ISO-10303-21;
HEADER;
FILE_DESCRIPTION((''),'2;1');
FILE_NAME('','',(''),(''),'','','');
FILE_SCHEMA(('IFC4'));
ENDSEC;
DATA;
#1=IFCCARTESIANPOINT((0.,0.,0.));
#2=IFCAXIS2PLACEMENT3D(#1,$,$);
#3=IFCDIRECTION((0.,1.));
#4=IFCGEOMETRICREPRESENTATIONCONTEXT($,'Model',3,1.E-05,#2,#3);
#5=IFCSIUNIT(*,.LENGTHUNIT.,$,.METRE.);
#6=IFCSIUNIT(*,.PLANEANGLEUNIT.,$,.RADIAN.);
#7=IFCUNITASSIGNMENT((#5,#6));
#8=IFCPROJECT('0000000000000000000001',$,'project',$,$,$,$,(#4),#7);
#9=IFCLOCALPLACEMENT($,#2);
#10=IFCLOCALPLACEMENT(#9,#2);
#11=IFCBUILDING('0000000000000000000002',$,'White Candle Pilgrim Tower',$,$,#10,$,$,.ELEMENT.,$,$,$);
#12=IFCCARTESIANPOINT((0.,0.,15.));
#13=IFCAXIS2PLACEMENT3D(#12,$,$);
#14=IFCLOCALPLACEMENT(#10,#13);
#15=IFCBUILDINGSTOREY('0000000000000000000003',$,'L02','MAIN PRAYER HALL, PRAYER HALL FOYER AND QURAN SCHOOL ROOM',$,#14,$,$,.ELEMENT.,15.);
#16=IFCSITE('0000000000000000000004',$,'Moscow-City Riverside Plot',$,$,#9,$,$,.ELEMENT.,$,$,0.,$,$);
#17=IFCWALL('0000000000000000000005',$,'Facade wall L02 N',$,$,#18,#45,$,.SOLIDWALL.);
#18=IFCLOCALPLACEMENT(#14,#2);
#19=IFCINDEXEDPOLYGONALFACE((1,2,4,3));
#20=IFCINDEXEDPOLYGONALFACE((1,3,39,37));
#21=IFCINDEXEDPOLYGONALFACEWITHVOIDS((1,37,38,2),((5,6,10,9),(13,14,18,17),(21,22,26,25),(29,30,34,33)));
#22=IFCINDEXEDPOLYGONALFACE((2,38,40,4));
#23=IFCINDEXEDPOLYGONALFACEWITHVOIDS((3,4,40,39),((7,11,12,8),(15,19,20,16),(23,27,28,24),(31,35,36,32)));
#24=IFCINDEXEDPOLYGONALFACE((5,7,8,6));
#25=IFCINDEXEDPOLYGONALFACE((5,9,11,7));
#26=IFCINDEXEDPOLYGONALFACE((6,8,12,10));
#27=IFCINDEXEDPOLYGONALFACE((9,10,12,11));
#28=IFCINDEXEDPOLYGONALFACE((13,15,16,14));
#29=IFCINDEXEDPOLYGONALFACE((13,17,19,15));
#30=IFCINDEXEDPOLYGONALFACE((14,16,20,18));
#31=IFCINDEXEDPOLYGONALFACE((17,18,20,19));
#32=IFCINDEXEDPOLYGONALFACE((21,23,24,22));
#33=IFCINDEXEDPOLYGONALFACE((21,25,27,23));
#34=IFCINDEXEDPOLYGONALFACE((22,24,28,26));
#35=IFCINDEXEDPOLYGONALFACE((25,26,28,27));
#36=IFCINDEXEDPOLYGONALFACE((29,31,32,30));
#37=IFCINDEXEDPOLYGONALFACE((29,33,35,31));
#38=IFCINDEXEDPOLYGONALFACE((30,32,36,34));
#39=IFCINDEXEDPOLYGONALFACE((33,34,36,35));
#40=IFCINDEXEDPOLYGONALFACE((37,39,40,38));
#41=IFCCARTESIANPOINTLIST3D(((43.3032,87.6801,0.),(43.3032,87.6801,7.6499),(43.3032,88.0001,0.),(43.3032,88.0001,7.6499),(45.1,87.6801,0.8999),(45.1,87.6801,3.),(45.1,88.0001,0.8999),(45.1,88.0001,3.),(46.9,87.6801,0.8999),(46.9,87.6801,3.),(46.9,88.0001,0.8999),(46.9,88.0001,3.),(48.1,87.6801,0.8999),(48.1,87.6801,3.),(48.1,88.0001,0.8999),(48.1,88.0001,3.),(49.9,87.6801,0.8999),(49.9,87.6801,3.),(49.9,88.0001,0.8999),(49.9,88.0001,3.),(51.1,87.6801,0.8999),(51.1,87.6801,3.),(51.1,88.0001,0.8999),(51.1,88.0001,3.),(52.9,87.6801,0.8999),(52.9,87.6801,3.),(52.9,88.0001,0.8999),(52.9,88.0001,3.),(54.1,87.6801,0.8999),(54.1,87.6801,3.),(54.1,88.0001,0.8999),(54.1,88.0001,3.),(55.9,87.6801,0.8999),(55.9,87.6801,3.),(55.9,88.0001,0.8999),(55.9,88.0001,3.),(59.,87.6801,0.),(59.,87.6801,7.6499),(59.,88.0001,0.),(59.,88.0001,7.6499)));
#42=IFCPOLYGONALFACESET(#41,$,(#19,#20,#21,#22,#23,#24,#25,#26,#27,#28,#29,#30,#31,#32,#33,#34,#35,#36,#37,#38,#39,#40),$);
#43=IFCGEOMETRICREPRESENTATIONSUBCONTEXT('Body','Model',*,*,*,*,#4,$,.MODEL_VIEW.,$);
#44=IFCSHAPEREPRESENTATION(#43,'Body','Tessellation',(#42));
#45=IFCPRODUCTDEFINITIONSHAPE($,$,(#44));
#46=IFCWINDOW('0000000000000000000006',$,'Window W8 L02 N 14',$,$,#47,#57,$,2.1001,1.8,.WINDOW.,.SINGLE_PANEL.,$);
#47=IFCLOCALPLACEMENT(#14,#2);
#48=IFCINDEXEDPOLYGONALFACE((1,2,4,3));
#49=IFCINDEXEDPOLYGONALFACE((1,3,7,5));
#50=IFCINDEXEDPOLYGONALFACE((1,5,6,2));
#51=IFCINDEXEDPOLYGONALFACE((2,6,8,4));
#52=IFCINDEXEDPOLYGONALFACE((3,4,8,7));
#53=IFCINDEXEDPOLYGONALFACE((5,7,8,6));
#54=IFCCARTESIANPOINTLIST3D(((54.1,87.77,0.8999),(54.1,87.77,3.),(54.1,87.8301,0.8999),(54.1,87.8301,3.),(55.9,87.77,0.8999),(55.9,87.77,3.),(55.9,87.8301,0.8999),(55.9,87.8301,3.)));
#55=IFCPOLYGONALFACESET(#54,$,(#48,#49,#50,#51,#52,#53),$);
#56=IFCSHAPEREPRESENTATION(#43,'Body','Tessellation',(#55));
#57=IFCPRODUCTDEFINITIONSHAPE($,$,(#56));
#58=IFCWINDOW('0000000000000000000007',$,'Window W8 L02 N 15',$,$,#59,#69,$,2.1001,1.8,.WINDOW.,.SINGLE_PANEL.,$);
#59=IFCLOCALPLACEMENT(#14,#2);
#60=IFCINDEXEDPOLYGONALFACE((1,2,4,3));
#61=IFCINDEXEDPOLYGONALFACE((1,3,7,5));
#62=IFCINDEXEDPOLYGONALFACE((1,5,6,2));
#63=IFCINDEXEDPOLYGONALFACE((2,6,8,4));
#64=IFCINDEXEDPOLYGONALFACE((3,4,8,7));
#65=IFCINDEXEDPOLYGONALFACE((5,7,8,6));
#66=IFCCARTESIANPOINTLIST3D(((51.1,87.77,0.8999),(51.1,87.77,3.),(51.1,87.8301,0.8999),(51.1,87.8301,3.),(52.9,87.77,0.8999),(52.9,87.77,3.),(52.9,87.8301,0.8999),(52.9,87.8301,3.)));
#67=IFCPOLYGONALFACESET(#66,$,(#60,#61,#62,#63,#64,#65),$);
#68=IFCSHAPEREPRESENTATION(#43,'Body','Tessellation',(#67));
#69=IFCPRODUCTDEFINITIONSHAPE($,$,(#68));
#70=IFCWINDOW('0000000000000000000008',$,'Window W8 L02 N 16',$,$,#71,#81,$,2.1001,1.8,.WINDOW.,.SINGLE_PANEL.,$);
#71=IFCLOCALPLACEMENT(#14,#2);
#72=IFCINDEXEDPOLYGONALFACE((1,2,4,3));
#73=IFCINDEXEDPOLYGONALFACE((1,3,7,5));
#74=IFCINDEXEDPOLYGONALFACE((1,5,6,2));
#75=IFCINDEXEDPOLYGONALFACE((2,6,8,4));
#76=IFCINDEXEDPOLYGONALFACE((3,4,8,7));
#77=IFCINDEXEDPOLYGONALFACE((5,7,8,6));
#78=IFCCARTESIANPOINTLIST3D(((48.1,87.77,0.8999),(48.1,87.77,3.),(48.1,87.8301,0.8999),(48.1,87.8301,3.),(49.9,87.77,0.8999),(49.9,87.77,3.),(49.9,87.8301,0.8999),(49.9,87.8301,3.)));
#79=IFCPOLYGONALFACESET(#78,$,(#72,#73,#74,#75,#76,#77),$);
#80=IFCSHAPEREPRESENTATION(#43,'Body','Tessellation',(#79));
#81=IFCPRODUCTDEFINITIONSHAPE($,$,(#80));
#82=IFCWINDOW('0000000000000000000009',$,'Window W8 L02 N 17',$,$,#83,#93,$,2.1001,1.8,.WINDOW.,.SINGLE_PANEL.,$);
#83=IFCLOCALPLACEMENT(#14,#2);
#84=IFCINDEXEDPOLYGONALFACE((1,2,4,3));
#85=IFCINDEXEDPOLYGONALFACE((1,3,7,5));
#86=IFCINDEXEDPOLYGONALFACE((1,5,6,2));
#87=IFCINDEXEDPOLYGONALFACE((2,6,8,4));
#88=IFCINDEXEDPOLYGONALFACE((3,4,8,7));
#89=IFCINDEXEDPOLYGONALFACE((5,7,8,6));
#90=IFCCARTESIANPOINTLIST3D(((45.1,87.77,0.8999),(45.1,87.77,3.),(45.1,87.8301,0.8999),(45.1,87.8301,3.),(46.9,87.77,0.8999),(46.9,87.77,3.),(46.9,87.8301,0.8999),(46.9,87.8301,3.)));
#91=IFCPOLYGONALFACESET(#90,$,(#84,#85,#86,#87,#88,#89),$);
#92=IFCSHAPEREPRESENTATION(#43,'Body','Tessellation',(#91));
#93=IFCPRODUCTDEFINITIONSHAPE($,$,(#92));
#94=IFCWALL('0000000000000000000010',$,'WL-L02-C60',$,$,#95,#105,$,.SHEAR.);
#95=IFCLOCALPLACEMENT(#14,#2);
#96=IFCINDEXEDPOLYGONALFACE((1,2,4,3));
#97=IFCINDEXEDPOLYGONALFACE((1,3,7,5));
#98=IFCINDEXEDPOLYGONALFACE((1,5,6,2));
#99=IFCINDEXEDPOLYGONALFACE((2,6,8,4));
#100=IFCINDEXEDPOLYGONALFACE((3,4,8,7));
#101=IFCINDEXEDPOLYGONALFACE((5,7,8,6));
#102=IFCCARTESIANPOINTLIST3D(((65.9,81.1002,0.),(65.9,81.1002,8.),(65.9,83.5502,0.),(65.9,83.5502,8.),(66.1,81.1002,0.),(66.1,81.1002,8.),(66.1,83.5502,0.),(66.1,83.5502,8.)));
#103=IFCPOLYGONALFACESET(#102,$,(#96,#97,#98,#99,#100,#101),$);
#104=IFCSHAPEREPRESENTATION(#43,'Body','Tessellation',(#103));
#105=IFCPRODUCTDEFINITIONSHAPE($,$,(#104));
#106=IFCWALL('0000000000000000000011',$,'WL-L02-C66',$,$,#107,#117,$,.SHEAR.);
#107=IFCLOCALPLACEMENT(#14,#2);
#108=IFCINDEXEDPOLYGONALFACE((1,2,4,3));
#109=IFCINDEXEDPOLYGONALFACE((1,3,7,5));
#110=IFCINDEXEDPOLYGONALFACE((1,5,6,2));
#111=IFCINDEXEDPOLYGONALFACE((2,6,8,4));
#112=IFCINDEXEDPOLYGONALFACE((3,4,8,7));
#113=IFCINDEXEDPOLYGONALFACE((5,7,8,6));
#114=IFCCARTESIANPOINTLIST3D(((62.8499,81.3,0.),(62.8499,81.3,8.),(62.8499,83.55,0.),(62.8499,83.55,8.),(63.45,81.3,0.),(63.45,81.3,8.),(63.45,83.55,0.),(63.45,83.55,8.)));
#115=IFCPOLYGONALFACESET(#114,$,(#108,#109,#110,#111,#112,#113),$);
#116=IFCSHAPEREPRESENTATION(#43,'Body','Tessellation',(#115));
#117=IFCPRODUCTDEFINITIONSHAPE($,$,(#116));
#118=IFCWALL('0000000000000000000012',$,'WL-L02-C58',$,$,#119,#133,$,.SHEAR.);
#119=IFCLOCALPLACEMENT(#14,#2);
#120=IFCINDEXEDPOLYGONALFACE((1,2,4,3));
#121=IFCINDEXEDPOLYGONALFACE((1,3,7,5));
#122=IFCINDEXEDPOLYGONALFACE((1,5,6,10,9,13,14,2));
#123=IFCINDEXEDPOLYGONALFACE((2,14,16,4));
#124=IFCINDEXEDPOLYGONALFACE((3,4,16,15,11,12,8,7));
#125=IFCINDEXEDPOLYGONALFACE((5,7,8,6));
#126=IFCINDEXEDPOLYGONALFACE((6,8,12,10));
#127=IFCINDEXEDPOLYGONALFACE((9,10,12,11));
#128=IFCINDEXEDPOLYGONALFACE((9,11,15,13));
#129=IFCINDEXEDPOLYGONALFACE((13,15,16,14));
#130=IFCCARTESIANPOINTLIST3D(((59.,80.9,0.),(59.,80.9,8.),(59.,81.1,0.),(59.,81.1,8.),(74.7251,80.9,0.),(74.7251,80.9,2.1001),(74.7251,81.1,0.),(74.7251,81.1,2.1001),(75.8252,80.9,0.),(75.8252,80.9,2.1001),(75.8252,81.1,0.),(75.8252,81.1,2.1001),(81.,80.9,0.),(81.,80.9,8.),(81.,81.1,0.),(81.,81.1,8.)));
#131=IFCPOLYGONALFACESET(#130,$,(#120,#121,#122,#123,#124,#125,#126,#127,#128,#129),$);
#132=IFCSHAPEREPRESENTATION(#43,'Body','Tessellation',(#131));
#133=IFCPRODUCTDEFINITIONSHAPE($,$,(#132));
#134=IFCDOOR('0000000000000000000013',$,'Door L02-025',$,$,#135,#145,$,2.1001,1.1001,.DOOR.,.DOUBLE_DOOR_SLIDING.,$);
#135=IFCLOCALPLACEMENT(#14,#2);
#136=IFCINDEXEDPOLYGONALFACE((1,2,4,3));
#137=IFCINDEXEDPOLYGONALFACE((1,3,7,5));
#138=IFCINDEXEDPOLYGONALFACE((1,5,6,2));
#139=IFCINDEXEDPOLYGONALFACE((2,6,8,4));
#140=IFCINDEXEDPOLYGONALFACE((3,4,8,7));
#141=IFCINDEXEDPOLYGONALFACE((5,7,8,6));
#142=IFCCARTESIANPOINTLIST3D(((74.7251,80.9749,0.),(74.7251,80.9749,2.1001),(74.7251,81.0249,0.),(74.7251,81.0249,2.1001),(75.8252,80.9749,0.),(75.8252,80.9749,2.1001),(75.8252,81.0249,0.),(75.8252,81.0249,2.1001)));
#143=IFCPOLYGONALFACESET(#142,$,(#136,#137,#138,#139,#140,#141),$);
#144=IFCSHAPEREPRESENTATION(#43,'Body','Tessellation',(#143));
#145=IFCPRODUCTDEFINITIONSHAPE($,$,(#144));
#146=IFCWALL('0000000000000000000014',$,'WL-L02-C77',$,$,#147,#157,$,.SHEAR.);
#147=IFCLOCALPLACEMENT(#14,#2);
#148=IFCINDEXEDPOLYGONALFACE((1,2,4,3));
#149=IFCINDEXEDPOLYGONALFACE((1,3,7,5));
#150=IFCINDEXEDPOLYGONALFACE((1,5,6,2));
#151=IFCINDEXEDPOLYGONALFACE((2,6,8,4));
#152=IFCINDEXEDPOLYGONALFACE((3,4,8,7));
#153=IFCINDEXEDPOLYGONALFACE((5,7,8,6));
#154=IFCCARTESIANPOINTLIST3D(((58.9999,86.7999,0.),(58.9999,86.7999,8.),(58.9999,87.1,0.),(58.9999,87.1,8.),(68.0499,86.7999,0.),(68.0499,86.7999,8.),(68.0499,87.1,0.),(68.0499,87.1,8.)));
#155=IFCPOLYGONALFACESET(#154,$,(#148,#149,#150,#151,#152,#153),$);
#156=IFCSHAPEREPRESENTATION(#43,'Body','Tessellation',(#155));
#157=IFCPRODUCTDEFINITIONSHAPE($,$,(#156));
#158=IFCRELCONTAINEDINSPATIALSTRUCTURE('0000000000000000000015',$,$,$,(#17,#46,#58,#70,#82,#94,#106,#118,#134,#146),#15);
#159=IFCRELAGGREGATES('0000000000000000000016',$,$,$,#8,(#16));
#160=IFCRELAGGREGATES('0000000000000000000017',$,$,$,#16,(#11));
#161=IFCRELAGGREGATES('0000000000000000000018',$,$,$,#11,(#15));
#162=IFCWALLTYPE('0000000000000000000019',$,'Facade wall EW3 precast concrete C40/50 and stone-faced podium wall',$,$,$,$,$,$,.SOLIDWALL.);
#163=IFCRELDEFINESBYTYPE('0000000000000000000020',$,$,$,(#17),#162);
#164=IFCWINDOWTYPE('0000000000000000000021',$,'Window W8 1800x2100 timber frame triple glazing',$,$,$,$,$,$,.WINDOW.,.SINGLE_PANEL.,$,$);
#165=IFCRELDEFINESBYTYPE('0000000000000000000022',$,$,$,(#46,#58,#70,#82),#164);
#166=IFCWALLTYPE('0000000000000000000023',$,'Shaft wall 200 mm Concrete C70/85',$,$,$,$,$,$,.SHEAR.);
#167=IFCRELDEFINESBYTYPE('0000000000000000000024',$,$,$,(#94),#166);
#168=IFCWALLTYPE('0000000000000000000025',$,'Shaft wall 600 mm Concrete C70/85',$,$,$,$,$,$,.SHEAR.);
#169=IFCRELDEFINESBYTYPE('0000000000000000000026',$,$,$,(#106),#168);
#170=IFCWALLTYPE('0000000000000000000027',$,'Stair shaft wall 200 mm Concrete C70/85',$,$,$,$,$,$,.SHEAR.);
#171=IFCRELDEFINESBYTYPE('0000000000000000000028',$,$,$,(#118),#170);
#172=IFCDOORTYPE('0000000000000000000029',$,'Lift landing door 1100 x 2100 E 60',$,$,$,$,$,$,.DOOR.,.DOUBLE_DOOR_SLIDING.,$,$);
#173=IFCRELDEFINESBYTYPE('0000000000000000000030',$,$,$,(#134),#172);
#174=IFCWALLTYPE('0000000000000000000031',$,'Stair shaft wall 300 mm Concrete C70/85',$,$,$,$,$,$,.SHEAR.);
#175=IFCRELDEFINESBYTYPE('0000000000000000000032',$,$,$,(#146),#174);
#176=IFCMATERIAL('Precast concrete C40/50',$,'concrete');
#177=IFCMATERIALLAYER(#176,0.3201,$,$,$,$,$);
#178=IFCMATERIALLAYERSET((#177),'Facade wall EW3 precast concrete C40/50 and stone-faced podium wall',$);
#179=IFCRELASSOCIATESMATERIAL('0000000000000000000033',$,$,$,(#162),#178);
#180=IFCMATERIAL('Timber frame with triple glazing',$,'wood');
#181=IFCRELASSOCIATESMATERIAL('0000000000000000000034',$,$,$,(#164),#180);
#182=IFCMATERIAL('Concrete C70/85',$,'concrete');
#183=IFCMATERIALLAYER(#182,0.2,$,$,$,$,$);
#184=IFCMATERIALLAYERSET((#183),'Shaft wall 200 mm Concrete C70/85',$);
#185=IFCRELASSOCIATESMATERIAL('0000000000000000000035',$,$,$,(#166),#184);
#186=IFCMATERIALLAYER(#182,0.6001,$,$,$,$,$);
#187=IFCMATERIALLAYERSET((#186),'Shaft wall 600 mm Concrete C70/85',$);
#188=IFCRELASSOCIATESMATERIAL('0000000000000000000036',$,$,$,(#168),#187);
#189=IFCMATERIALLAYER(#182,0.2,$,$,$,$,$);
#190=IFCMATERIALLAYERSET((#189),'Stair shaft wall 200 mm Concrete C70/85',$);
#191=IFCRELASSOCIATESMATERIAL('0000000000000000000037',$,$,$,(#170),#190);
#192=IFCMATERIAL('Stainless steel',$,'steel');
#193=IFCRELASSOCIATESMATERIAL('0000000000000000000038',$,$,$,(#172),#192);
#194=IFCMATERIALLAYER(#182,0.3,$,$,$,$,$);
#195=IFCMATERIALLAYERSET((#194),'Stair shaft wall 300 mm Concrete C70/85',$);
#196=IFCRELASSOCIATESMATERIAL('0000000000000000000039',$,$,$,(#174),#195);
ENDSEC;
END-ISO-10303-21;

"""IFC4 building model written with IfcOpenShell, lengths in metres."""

from ifc_helpers import new_model, si_unit, direction, frame, frame_2d, origin, place, context, subcontext, project, spatial, rectangle, extrude, material, layer, layer_set, type_object, element, fill, save


model = new_model("IFC4")

# Units and contexts
model_context = context("Model", 3, precision=1e-05, world=origin(), true_north=direction((0.0, 1.0)))
body_context = subcontext(model_context, "Body", "Model", "MODEL_VIEW")
ifc_project = project(units=[si_unit("LENGTHUNIT", "METRE"), si_unit("PLANEANGLEUNIT", "RADIAN")], contexts=[model_context])

# Site, building, storey
site_placement = place(None, origin())
site = spatial("IfcSite", under=ifc_project, at=site_placement, Name="Moscow-City Riverside Plot", CompositionType="ELEMENT", RefElevation=0.0)
building_placement = place(site_placement, origin())
building = spatial("IfcBuilding", under=site, at=building_placement, Name="White Candle Pilgrim Tower", CompositionType="ELEMENT")
storey_placement = place(building_placement, frame((0.0, 0.0, 15.0)))
storey = spatial("IfcBuildingStorey", under=building, at=storey_placement, Name="L02", Description="MAIN PRAYER HALL, PRAYER HALL FOYER AND QURAN SCHOOL ROOM", CompositionType="ELEMENT", Elevation=15.0)

# Shared definitions
ifc_material_1 = material(Name="Concrete C70/85", Category="concrete")

# Shared definitions
ifc_material_2 = material(Name="Stainless steel", Category="steel")

# Wall, openings, windows
ifc_material_3 = material(Name="Precast concrete C40/50", Category="concrete")
ifc_layer_1 = layer(ifc_material_3, 0.3201)
ifc_layer_set_1 = layer_set([ifc_layer_1], Name="Facade wall EW3 precast concrete C40/50 and stone-faced podium wall")
wall_type_1 = type_object("IfcWallType", Name="Facade wall EW3 precast concrete C40/50 and stone-faced podium wall", PredefinedType="SOLIDWALL", material=ifc_layer_set_1)
wall_1_placement = place(storey_placement, frame((59.0, 87.8401, 0.0), z_axis=(0.0, 0.0, 1.0), x_axis=(-1.0, 0.0, 0.0)))
wall_1 = element("IfcWall", 1, at=wall_1_placement, inside=storey, type_object=wall_type_1, Name="Facade wall L02 N", PredefinedType="SOLIDWALL", context=body_context, shape_type="SweptSolid", body=[
    extrude(rectangle(XDim=15.6968, YDim=0.3201, at=frame_2d((7.8484, 0.0))), origin(), (0.0, 0.0, 1.0), 7.6499),
])
opening_1_placement = place(wall_1_placement, frame((3.1001, 0.0, 0.8999)))
opening_1 = element("IfcOpeningElement", 2, at=opening_1_placement, cuts=wall_1, PredefinedType="OPENING", context=body_context, shape_type="SweptSolid", body=[
    extrude(rectangle(XDim=1.8, YDim=2.1001, at=frame_2d((0.8999, 1.05))), frame((0.0, 0.1699, 0.0), z_axis=(0.0, -1.0, 0.0), x_axis=(1.0, 0.0, 0.0)), (0.0, 0.0, 1.0), 0.3401),
])
opening_2_placement = place(wall_1_placement, frame((6.1001, 0.0, 0.8999)))
opening_2 = element("IfcOpeningElement", 3, at=opening_2_placement, cuts=wall_1, PredefinedType="OPENING", context=body_context, shape_type="SweptSolid", body=[
    extrude(rectangle(XDim=1.8, YDim=2.1001, at=frame_2d((0.8999, 1.05))), frame((0.0, 0.1699, 0.0), z_axis=(0.0, -1.0, 0.0), x_axis=(1.0, 0.0, 0.0)), (0.0, 0.0, 1.0), 0.3401),
])
opening_3_placement = place(wall_1_placement, frame((9.1001, 0.0, 0.8999)))
opening_3 = element("IfcOpeningElement", 4, at=opening_3_placement, cuts=wall_1, PredefinedType="OPENING", context=body_context, shape_type="SweptSolid", body=[
    extrude(rectangle(XDim=1.8, YDim=2.1001, at=frame_2d((0.8999, 1.05))), frame((0.0, 0.1699, 0.0), z_axis=(0.0, -1.0, 0.0), x_axis=(1.0, 0.0, 0.0)), (0.0, 0.0, 1.0), 0.3401),
])
opening_4_placement = place(wall_1_placement, frame((12.1001, 0.0, 0.8999)))
opening_4 = element("IfcOpeningElement", 5, at=opening_4_placement, cuts=wall_1, PredefinedType="OPENING", context=body_context, shape_type="SweptSolid", body=[
    extrude(rectangle(XDim=1.8, YDim=2.1001, at=frame_2d((0.8999, 1.05))), frame((0.0, 0.1699, 0.0), z_axis=(0.0, -1.0, 0.0), x_axis=(1.0, 0.0, 0.0)), (0.0, 0.0, 1.0), 0.3401),
])
ifc_material_4 = material(Name="Timber frame with triple glazing", Category="wood")
window_type = type_object("IfcWindowType", Name="Window W8 1800x2100 timber frame triple glazing", PartitioningType="SINGLE_PANEL", PredefinedType="WINDOW", material=ifc_material_4)
window_1_placement = place(opening_1_placement, origin())
window_1 = element("IfcWindow", 6, at=window_1_placement, inside=storey, type_object=window_type, Name="Window W8 L02 N 14", OverallHeight=2.1001, OverallWidth=1.8, PartitioningType="SINGLE_PANEL", PredefinedType="WINDOW", context=body_context, shape_type="SweptSolid", body=[
    extrude(rectangle(XDim=1.8, YDim=2.1001, at=frame_2d((0.8999, 1.05))), frame((0.0, 0.0701, 0.0), z_axis=(0.0, -1.0, 0.0), x_axis=(1.0, 0.0, 0.0)), (0.0, 0.0, 1.0), 0.0601),
])
fill(opening_1, window_1)
window_2_placement = place(opening_2_placement, origin())
window_2 = element("IfcWindow", 7, at=window_2_placement, inside=storey, type_object=window_type, Name="Window W8 L02 N 15", OverallHeight=2.1001, OverallWidth=1.8, PartitioningType="SINGLE_PANEL", PredefinedType="WINDOW", context=body_context, shape_type="SweptSolid", body=[
    extrude(rectangle(XDim=1.8, YDim=2.1001, at=frame_2d((0.8999, 1.05))), frame((0.0, 0.0701, 0.0), z_axis=(0.0, -1.0, 0.0), x_axis=(1.0, 0.0, 0.0)), (0.0, 0.0, 1.0), 0.0601),
])
fill(opening_2, window_2)
window_3_placement = place(opening_3_placement, origin())
window_3 = element("IfcWindow", 8, at=window_3_placement, inside=storey, type_object=window_type, Name="Window W8 L02 N 16", OverallHeight=2.1001, OverallWidth=1.8, PartitioningType="SINGLE_PANEL", PredefinedType="WINDOW", context=body_context, shape_type="SweptSolid", body=[
    extrude(rectangle(XDim=1.8, YDim=2.1001, at=frame_2d((0.8999, 1.05))), frame((0.0, 0.0701, 0.0), z_axis=(0.0, -1.0, 0.0), x_axis=(1.0, 0.0, 0.0)), (0.0, 0.0, 1.0), 0.0601),
])
fill(opening_3, window_3)
window_4_placement = place(opening_4_placement, origin())
window_4 = element("IfcWindow", 9, at=window_4_placement, inside=storey, type_object=window_type, Name="Window W8 L02 N 17", OverallHeight=2.1001, OverallWidth=1.8, PartitioningType="SINGLE_PANEL", PredefinedType="WINDOW", context=body_context, shape_type="SweptSolid", body=[
    extrude(rectangle(XDim=1.8, YDim=2.1001, at=frame_2d((0.8999, 1.05))), frame((0.0, 0.0701, 0.0), z_axis=(0.0, -1.0, 0.0), x_axis=(1.0, 0.0, 0.0)), (0.0, 0.0, 1.0), 0.0601),
])
fill(opening_4, window_4)

# Walls
ifc_layer_2 = layer(ifc_material_1, 0.2)
ifc_layer_set_2 = layer_set([ifc_layer_2], Name="Shaft wall 200 mm Concrete C70/85")
wall_type_2 = type_object("IfcWallType", Name="Shaft wall 200 mm Concrete C70/85", PredefinedType="SHEAR", material=ifc_layer_set_2)
wall_2_placement = place(storey_placement, frame((66.0, 81.1001, 0.0), z_axis=(0.0, 0.0, 1.0), x_axis=(0.0, 1.0, 0.0)))
element("IfcWall", 10, at=wall_2_placement, inside=storey, type_object=wall_type_2, Name="WL-L02-C60", PredefinedType="SHEAR", context=body_context, shape_type="SweptSolid", body=[
    extrude(rectangle(XDim=2.45, YDim=0.2, at=frame_2d((1.2251, 0.0))), origin(), (0.0, 0.0, 1.0), 8.0),
])
ifc_layer_3 = layer(ifc_material_1, 0.6001)
ifc_layer_set_3 = layer_set([ifc_layer_3], Name="Shaft wall 600 mm Concrete C70/85")
wall_type_3 = type_object("IfcWallType", Name="Shaft wall 600 mm Concrete C70/85", PredefinedType="SHEAR", material=ifc_layer_set_3)
wall_3_placement = place(storey_placement, frame((63.1499, 81.3, 0.0), z_axis=(0.0, 0.0, 1.0), x_axis=(0.0, 1.0, 0.0)))
element("IfcWall", 11, at=wall_3_placement, inside=storey, type_object=wall_type_3, Name="WL-L02-C66", PredefinedType="SHEAR", context=body_context, shape_type="SweptSolid", body=[
    extrude(rectangle(XDim=2.25, YDim=0.6001, at=frame_2d((1.125, 0.0))), origin(), (0.0, 0.0, 1.0), 8.0),
])

# Wall, opening, door
ifc_layer_4 = layer(ifc_material_1, 0.2)
ifc_layer_set_4 = layer_set([ifc_layer_4], Name="Stair shaft wall 200 mm Concrete C70/85")
wall_type_4 = type_object("IfcWallType", Name="Stair shaft wall 200 mm Concrete C70/85", PredefinedType="SHEAR", material=ifc_layer_set_4)
wall_4_placement = place(storey_placement, frame((59.0, 81.0, 0.0), z_axis=(0.0, 0.0, 1.0), x_axis=(1.0, 0.0, 0.0)))
wall_4 = element("IfcWall", 12, at=wall_4_placement, inside=storey, type_object=wall_type_4, Name="WL-L02-C58", PredefinedType="SHEAR", context=body_context, shape_type="SweptSolid", body=[
    extrude(rectangle(XDim=22.0, YDim=0.2, at=frame_2d((11.0, 0.0))), origin(), (0.0, 0.0, 1.0), 8.0),
])
opening_5_placement = place(wall_4_placement, frame((15.7251, 0.0, 0.0)))
opening_5 = element("IfcOpeningElement", 13, at=opening_5_placement, cuts=wall_4, PredefinedType="OPENING", context=body_context, shape_type="SweptSolid", body=[
    extrude(rectangle(XDim=1.1001, YDim=2.1001, at=frame_2d((0.55, 1.05))), frame((0.0, 0.1099, 0.0), z_axis=(0.0, -1.0, 0.0), x_axis=(1.0, 0.0, 0.0)), (0.0, 0.0, 1.0), 0.22),
])
door_type_1 = type_object("IfcDoorType", Name="Lift landing door 1100 x 2100 E 60", OperationType="DOUBLE_DOOR_SLIDING", PredefinedType="DOOR", material=ifc_material_2)
door_1_placement = place(opening_5_placement, origin())
door_1 = element("IfcDoor", 14, at=door_1_placement, inside=storey, type_object=door_type_1, Name="Door L02-025", OperationType="DOUBLE_DOOR_SLIDING", OverallHeight=2.1001, OverallWidth=1.1001, PredefinedType="DOOR", context=body_context, shape_type="SweptSolid", body=[
    extrude(rectangle(XDim=1.1001, YDim=2.1001, at=frame_2d((0.55, 1.05))), frame((0.0, 0.0249, 0.0), z_axis=(0.0, -1.0, 0.0), x_axis=(1.0, 0.0, 0.0)), (0.0, 0.0, 1.0), 0.05),
])
fill(opening_5, door_1)

# Wall
ifc_layer_5 = layer(ifc_material_1, 0.3)
ifc_layer_set_5 = layer_set([ifc_layer_5], Name="Stair shaft wall 300 mm Concrete C70/85")
wall_type_5 = type_object("IfcWallType", Name="Stair shaft wall 300 mm Concrete C70/85", PredefinedType="SHEAR", material=ifc_layer_set_5)
wall_5_placement = place(storey_placement, frame((59.0, 86.95, 0.0), z_axis=(0.0, 0.0, 1.0), x_axis=(1.0, 0.0, 0.0)))
element("IfcWall", 15, at=wall_5_placement, inside=storey, type_object=wall_type_5, Name="WL-L02-C77", PredefinedType="SHEAR", context=body_context, shape_type="SweptSolid", body=[
    extrude(rectangle(XDim=9.05, YDim=0.3, at=frame_2d((4.5249, 0.0))), origin(), (0.0, 0.0, 1.0), 8.0),
])

save(model, "model.ifc")
